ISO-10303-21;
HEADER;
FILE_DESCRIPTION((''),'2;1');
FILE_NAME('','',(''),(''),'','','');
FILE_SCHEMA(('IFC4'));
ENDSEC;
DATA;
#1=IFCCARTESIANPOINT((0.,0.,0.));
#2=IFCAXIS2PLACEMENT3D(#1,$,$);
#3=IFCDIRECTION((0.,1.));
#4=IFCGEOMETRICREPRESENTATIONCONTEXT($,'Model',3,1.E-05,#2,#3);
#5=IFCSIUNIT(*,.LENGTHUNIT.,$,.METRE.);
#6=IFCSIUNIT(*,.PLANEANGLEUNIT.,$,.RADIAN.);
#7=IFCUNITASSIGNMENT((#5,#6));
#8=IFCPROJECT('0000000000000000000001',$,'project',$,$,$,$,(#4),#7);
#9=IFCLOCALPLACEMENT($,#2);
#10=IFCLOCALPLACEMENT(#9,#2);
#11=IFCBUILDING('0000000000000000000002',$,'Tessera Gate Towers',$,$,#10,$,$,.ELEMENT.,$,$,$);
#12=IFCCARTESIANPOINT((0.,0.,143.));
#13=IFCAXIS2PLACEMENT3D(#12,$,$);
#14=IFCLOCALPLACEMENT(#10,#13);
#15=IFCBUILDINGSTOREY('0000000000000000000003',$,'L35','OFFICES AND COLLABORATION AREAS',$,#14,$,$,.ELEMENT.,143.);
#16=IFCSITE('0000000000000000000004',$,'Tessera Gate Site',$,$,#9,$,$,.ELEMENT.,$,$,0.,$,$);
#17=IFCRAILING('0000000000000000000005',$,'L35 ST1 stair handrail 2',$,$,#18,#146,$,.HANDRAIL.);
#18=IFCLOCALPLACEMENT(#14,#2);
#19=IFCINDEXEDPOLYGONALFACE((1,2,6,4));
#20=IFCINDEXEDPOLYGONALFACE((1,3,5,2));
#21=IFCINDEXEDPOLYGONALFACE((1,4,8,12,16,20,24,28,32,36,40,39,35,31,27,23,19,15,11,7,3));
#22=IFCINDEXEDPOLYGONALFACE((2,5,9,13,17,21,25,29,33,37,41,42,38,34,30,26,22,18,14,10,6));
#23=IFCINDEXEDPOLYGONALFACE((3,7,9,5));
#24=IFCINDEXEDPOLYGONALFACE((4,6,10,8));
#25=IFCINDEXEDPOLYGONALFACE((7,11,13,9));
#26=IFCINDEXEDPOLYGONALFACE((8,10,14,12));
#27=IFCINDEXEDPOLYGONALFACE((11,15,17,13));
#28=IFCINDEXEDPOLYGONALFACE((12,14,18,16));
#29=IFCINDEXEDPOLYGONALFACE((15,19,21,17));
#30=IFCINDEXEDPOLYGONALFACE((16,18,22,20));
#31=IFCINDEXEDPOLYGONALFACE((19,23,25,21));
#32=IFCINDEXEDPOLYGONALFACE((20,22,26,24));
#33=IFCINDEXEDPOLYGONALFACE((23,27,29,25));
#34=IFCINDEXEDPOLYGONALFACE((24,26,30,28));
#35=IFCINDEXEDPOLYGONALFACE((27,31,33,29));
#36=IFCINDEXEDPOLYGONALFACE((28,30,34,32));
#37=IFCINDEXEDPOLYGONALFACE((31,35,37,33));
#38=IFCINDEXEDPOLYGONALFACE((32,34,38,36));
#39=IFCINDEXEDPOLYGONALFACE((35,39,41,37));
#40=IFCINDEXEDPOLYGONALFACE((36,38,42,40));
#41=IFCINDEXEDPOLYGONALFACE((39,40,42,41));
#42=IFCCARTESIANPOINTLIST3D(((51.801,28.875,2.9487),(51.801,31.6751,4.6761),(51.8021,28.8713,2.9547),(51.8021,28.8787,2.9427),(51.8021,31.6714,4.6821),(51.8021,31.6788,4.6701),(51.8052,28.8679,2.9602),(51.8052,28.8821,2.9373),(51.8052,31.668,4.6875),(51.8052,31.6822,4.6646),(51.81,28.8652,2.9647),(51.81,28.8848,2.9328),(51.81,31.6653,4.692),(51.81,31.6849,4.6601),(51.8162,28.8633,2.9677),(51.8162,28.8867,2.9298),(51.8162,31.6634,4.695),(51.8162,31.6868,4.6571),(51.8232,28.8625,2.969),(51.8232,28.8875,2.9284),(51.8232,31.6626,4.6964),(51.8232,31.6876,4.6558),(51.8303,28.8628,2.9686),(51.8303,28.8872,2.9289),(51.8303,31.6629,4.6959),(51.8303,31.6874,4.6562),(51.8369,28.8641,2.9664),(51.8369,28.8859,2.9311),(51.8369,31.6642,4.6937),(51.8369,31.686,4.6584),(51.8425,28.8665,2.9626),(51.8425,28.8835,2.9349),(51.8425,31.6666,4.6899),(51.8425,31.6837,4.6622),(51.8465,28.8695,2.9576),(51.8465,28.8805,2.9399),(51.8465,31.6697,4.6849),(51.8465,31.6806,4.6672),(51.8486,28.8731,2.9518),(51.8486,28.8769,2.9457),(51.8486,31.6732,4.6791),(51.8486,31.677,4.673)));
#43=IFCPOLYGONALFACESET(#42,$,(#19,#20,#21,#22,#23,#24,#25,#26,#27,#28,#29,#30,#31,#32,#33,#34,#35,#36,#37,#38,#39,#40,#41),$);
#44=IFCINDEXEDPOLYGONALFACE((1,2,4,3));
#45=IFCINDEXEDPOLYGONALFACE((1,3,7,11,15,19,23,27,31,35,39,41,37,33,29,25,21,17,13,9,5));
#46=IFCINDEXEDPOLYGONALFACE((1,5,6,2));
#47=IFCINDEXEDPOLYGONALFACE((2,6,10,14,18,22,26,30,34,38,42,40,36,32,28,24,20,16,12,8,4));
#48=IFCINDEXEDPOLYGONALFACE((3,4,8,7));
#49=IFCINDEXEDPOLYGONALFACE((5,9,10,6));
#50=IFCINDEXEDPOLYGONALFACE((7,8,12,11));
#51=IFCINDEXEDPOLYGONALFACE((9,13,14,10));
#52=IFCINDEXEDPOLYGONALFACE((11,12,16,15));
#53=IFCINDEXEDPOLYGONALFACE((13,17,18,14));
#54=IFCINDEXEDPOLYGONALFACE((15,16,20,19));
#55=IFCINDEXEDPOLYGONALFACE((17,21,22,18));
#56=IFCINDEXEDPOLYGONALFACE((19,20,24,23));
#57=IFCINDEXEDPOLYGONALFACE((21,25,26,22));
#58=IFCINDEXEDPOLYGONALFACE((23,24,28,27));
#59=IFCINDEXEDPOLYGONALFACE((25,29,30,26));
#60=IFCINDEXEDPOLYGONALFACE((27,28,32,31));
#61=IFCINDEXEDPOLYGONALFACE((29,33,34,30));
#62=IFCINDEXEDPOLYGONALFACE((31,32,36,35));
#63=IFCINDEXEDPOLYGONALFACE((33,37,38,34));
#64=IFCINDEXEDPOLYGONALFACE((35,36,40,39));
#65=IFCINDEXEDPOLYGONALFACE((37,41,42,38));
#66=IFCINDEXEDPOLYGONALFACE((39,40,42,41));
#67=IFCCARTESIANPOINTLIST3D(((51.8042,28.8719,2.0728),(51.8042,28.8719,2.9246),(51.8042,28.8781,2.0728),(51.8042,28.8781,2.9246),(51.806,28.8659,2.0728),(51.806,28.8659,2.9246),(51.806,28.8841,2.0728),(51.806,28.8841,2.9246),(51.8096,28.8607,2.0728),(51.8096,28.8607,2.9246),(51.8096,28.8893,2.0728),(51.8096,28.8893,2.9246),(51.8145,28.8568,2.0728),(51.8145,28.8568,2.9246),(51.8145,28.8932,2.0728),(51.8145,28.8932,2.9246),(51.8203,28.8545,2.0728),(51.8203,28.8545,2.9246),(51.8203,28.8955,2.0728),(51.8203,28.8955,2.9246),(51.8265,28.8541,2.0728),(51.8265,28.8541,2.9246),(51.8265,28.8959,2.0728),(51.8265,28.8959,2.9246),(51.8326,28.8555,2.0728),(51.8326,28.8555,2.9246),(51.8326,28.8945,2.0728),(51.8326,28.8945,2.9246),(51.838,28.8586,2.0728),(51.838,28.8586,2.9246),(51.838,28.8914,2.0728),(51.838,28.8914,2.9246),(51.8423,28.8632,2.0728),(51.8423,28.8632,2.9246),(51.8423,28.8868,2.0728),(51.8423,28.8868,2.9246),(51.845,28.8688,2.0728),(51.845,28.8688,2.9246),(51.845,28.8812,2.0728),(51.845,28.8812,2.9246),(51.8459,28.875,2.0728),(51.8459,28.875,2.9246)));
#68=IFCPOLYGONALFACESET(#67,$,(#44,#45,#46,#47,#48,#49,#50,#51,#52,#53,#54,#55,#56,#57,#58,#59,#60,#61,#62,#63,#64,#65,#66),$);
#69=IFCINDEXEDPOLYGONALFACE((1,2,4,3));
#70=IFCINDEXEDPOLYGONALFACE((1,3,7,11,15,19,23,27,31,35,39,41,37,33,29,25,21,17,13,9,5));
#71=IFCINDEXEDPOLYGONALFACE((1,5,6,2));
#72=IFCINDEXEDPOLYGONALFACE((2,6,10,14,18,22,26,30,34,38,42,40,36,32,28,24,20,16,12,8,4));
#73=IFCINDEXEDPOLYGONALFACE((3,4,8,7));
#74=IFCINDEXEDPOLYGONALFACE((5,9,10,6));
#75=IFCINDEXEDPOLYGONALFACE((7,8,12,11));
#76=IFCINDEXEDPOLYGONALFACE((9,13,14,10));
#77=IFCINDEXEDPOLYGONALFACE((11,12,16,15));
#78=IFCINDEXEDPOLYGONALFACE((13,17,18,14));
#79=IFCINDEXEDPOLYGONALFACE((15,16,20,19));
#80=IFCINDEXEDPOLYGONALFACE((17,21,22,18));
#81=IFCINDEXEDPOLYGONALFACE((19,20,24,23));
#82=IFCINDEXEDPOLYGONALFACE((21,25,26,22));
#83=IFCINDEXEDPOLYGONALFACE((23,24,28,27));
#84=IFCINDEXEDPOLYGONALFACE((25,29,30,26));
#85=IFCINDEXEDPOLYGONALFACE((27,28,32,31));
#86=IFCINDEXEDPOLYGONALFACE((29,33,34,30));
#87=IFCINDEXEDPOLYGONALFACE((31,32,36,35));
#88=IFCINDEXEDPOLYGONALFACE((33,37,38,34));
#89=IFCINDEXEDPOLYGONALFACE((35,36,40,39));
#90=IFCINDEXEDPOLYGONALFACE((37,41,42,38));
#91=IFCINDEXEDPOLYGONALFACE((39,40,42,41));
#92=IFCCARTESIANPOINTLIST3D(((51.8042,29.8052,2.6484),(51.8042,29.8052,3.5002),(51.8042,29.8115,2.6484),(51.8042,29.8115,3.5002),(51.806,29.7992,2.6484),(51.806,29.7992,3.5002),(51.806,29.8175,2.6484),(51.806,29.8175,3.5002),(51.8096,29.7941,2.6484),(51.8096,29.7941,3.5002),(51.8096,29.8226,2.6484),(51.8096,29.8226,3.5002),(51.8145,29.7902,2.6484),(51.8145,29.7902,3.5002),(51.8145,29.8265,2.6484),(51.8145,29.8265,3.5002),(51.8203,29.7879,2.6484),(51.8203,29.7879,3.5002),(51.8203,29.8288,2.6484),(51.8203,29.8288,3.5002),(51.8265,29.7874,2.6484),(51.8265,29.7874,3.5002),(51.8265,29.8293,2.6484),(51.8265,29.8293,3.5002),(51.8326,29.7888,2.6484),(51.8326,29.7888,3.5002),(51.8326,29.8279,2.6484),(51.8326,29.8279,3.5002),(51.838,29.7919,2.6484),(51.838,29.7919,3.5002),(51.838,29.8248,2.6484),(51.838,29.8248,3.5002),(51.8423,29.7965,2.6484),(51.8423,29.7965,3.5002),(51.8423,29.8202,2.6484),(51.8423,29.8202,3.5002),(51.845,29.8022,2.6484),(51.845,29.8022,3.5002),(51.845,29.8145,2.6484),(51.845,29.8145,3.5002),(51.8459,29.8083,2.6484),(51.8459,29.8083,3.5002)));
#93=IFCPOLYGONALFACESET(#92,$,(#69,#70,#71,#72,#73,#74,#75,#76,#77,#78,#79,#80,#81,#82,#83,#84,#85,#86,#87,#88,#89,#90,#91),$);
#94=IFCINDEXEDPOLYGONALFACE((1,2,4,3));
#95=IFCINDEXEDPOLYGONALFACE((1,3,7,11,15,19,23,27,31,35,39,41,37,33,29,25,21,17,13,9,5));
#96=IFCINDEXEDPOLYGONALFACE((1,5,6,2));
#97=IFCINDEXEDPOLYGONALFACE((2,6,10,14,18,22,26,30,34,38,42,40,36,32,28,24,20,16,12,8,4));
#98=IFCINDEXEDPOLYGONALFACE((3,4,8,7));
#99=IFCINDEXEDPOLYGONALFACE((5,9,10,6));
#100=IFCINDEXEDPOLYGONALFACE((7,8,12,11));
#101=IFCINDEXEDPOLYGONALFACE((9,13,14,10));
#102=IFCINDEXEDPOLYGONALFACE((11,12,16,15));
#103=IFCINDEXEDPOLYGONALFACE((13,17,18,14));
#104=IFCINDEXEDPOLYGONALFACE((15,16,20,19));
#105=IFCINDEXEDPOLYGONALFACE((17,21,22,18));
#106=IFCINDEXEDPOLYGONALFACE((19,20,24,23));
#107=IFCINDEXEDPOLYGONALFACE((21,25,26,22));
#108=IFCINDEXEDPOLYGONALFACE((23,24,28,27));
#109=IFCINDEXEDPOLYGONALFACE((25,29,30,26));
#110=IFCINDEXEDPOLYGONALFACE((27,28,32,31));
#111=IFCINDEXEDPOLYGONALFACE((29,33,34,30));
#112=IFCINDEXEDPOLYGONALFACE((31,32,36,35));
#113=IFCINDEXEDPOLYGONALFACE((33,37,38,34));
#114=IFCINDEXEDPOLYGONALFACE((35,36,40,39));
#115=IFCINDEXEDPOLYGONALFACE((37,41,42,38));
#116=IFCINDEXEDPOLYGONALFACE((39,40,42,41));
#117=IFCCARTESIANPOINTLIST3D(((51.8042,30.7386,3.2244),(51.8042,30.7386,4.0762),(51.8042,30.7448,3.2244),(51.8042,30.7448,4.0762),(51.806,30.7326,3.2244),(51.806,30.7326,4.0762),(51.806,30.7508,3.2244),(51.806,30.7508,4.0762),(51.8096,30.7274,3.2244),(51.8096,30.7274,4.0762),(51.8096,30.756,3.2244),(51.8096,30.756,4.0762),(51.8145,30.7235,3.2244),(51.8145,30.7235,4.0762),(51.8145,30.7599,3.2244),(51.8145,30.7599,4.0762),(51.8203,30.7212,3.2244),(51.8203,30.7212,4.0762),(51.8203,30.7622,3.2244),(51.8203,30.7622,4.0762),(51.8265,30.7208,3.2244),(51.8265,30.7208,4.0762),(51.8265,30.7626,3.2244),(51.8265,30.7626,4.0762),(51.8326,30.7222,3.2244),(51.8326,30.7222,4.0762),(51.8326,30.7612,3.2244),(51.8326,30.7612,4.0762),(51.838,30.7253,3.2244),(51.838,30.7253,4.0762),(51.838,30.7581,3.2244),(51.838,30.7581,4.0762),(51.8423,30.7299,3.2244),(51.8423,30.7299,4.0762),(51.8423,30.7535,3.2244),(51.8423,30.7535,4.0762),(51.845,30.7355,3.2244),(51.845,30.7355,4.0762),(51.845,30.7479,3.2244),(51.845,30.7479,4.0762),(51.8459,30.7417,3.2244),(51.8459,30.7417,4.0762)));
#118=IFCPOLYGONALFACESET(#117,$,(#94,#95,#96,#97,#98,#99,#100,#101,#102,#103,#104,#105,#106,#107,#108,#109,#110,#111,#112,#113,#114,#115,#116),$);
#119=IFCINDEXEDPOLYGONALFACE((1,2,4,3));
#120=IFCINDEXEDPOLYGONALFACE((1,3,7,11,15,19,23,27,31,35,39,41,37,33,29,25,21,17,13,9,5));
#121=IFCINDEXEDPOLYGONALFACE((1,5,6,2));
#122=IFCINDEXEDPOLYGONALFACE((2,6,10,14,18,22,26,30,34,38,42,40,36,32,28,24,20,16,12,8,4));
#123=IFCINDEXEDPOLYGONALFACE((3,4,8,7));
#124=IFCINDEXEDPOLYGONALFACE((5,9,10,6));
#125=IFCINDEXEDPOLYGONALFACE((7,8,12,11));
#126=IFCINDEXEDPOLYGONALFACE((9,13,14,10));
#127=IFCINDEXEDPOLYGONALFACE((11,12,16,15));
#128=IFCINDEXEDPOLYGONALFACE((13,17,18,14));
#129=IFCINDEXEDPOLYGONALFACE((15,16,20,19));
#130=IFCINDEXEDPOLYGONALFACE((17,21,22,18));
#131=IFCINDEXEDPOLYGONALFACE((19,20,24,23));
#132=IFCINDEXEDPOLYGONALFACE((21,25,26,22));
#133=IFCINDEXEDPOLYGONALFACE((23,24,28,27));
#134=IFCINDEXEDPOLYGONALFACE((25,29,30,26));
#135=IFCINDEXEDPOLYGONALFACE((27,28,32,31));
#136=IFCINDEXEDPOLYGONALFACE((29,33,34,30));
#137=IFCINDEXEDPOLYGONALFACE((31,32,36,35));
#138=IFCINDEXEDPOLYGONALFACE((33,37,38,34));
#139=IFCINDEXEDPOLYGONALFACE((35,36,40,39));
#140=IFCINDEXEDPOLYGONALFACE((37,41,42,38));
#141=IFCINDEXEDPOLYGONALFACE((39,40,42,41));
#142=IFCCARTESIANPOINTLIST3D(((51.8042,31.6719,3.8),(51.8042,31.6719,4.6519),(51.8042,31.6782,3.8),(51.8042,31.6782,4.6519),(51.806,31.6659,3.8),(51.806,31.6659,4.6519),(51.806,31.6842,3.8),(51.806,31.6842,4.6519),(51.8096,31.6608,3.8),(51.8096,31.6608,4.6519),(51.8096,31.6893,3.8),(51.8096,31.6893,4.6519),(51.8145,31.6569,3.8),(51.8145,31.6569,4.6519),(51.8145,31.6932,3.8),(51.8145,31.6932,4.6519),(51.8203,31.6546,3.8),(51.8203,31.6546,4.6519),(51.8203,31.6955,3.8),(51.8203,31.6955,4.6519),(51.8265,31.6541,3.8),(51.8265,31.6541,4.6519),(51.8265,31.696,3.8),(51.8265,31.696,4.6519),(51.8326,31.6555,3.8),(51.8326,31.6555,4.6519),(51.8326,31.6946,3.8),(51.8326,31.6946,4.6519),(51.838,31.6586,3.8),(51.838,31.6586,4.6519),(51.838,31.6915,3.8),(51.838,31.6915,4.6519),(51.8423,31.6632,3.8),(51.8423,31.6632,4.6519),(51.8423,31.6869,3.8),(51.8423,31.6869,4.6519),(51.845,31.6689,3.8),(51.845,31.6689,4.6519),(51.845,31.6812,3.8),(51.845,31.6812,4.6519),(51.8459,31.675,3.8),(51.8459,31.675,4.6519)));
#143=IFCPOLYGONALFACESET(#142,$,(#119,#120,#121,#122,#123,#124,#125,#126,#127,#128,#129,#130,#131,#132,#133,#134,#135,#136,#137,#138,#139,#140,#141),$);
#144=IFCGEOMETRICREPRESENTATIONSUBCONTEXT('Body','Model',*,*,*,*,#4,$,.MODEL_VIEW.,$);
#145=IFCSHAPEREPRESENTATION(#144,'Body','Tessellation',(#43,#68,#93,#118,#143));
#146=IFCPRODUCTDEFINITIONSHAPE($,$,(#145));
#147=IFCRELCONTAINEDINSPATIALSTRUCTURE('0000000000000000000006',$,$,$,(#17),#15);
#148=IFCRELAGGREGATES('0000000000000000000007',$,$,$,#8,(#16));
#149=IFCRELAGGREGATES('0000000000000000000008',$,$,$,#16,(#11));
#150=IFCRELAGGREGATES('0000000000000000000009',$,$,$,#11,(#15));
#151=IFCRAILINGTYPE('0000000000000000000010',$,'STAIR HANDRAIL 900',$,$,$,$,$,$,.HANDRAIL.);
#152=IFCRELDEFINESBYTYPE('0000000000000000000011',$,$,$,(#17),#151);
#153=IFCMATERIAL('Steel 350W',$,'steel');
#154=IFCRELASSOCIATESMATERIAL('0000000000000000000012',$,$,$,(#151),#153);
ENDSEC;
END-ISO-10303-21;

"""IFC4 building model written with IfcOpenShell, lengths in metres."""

from ifc_helpers import new_model, si_unit, direction, frame, origin, origin_2d, place, context, subcontext, project, spatial, circle, extrude, material, type_object, element, save


model = new_model("IFC4")

# Units and contexts
model_context = context("Model", 3, precision=1e-05, world=origin(), true_north=direction((0.0, 1.0)))
body_context = subcontext(model_context, "Body", "Model", "MODEL_VIEW")
ifc_project = project(units=[si_unit("LENGTHUNIT", "METRE"), si_unit("PLANEANGLEUNIT", "RADIAN")], contexts=[model_context])

# Site, building, storey
site_placement = place(None, origin())
site = spatial("IfcSite", under=ifc_project, at=site_placement, Name="Tessera Gate Site", CompositionType="ELEMENT", RefElevation=0.0)
building_placement = place(site_placement, origin())
building = spatial("IfcBuilding", under=site, at=building_placement, Name="Tessera Gate Towers", CompositionType="ELEMENT")
storey_placement = place(building_placement, frame((0.0, 0.0, 143.0)))
storey = spatial("IfcBuildingStorey", under=building, at=storey_placement, Name="L35", Description="OFFICES AND COLLABORATION AREAS", CompositionType="ELEMENT", Elevation=143.0)

# Railing
ifc_material_1 = material(Name="Steel 350W", Category="steel")
railing_type_1 = type_object("IfcRailingType", Name="STAIR HANDRAIL 900", PredefinedType="HANDRAIL", material=ifc_material_1)
for number, where, name in (
    (1, (51.825, 28.875, 2.0728), "L35 ST1 stair handrail 2"),
):
    element("IfcRailing", number, at=place(storey_placement, frame(where)), inside=storey, type_object=railing_type_1, Name=name, PredefinedType="HANDRAIL", context=body_context, shape_type="SweptSolid", body=[
        extrude(circle(Radius=0.0239, at=origin_2d()), frame((0.0, 0.0, 0.876), z_axis=(0.0, 0.85109, 0.52502), x_axis=(-1.0, 0.0, 0.0)), (0.0, 0.0, 1.0), 3.29),
        extrude(circle(Radius=0.021, at=origin_2d()), origin(), (0.0, 0.0, 1.0), 0.8518),
        extrude(circle(Radius=0.021, at=origin_2d()), frame((0.0, 0.9333, 0.5757)), (0.0, 0.0, 1.0), 0.8518),
        extrude(circle(Radius=0.021, at=origin_2d()), frame((0.0, 1.8667, 1.1516)), (0.0, 0.0, 1.0), 0.8518),
        extrude(circle(Radius=0.021, at=origin_2d()), frame((0.0, 2.8, 1.7273)), (0.0, 0.0, 1.0), 0.8518),
    ])

save(model, "model.ifc")
